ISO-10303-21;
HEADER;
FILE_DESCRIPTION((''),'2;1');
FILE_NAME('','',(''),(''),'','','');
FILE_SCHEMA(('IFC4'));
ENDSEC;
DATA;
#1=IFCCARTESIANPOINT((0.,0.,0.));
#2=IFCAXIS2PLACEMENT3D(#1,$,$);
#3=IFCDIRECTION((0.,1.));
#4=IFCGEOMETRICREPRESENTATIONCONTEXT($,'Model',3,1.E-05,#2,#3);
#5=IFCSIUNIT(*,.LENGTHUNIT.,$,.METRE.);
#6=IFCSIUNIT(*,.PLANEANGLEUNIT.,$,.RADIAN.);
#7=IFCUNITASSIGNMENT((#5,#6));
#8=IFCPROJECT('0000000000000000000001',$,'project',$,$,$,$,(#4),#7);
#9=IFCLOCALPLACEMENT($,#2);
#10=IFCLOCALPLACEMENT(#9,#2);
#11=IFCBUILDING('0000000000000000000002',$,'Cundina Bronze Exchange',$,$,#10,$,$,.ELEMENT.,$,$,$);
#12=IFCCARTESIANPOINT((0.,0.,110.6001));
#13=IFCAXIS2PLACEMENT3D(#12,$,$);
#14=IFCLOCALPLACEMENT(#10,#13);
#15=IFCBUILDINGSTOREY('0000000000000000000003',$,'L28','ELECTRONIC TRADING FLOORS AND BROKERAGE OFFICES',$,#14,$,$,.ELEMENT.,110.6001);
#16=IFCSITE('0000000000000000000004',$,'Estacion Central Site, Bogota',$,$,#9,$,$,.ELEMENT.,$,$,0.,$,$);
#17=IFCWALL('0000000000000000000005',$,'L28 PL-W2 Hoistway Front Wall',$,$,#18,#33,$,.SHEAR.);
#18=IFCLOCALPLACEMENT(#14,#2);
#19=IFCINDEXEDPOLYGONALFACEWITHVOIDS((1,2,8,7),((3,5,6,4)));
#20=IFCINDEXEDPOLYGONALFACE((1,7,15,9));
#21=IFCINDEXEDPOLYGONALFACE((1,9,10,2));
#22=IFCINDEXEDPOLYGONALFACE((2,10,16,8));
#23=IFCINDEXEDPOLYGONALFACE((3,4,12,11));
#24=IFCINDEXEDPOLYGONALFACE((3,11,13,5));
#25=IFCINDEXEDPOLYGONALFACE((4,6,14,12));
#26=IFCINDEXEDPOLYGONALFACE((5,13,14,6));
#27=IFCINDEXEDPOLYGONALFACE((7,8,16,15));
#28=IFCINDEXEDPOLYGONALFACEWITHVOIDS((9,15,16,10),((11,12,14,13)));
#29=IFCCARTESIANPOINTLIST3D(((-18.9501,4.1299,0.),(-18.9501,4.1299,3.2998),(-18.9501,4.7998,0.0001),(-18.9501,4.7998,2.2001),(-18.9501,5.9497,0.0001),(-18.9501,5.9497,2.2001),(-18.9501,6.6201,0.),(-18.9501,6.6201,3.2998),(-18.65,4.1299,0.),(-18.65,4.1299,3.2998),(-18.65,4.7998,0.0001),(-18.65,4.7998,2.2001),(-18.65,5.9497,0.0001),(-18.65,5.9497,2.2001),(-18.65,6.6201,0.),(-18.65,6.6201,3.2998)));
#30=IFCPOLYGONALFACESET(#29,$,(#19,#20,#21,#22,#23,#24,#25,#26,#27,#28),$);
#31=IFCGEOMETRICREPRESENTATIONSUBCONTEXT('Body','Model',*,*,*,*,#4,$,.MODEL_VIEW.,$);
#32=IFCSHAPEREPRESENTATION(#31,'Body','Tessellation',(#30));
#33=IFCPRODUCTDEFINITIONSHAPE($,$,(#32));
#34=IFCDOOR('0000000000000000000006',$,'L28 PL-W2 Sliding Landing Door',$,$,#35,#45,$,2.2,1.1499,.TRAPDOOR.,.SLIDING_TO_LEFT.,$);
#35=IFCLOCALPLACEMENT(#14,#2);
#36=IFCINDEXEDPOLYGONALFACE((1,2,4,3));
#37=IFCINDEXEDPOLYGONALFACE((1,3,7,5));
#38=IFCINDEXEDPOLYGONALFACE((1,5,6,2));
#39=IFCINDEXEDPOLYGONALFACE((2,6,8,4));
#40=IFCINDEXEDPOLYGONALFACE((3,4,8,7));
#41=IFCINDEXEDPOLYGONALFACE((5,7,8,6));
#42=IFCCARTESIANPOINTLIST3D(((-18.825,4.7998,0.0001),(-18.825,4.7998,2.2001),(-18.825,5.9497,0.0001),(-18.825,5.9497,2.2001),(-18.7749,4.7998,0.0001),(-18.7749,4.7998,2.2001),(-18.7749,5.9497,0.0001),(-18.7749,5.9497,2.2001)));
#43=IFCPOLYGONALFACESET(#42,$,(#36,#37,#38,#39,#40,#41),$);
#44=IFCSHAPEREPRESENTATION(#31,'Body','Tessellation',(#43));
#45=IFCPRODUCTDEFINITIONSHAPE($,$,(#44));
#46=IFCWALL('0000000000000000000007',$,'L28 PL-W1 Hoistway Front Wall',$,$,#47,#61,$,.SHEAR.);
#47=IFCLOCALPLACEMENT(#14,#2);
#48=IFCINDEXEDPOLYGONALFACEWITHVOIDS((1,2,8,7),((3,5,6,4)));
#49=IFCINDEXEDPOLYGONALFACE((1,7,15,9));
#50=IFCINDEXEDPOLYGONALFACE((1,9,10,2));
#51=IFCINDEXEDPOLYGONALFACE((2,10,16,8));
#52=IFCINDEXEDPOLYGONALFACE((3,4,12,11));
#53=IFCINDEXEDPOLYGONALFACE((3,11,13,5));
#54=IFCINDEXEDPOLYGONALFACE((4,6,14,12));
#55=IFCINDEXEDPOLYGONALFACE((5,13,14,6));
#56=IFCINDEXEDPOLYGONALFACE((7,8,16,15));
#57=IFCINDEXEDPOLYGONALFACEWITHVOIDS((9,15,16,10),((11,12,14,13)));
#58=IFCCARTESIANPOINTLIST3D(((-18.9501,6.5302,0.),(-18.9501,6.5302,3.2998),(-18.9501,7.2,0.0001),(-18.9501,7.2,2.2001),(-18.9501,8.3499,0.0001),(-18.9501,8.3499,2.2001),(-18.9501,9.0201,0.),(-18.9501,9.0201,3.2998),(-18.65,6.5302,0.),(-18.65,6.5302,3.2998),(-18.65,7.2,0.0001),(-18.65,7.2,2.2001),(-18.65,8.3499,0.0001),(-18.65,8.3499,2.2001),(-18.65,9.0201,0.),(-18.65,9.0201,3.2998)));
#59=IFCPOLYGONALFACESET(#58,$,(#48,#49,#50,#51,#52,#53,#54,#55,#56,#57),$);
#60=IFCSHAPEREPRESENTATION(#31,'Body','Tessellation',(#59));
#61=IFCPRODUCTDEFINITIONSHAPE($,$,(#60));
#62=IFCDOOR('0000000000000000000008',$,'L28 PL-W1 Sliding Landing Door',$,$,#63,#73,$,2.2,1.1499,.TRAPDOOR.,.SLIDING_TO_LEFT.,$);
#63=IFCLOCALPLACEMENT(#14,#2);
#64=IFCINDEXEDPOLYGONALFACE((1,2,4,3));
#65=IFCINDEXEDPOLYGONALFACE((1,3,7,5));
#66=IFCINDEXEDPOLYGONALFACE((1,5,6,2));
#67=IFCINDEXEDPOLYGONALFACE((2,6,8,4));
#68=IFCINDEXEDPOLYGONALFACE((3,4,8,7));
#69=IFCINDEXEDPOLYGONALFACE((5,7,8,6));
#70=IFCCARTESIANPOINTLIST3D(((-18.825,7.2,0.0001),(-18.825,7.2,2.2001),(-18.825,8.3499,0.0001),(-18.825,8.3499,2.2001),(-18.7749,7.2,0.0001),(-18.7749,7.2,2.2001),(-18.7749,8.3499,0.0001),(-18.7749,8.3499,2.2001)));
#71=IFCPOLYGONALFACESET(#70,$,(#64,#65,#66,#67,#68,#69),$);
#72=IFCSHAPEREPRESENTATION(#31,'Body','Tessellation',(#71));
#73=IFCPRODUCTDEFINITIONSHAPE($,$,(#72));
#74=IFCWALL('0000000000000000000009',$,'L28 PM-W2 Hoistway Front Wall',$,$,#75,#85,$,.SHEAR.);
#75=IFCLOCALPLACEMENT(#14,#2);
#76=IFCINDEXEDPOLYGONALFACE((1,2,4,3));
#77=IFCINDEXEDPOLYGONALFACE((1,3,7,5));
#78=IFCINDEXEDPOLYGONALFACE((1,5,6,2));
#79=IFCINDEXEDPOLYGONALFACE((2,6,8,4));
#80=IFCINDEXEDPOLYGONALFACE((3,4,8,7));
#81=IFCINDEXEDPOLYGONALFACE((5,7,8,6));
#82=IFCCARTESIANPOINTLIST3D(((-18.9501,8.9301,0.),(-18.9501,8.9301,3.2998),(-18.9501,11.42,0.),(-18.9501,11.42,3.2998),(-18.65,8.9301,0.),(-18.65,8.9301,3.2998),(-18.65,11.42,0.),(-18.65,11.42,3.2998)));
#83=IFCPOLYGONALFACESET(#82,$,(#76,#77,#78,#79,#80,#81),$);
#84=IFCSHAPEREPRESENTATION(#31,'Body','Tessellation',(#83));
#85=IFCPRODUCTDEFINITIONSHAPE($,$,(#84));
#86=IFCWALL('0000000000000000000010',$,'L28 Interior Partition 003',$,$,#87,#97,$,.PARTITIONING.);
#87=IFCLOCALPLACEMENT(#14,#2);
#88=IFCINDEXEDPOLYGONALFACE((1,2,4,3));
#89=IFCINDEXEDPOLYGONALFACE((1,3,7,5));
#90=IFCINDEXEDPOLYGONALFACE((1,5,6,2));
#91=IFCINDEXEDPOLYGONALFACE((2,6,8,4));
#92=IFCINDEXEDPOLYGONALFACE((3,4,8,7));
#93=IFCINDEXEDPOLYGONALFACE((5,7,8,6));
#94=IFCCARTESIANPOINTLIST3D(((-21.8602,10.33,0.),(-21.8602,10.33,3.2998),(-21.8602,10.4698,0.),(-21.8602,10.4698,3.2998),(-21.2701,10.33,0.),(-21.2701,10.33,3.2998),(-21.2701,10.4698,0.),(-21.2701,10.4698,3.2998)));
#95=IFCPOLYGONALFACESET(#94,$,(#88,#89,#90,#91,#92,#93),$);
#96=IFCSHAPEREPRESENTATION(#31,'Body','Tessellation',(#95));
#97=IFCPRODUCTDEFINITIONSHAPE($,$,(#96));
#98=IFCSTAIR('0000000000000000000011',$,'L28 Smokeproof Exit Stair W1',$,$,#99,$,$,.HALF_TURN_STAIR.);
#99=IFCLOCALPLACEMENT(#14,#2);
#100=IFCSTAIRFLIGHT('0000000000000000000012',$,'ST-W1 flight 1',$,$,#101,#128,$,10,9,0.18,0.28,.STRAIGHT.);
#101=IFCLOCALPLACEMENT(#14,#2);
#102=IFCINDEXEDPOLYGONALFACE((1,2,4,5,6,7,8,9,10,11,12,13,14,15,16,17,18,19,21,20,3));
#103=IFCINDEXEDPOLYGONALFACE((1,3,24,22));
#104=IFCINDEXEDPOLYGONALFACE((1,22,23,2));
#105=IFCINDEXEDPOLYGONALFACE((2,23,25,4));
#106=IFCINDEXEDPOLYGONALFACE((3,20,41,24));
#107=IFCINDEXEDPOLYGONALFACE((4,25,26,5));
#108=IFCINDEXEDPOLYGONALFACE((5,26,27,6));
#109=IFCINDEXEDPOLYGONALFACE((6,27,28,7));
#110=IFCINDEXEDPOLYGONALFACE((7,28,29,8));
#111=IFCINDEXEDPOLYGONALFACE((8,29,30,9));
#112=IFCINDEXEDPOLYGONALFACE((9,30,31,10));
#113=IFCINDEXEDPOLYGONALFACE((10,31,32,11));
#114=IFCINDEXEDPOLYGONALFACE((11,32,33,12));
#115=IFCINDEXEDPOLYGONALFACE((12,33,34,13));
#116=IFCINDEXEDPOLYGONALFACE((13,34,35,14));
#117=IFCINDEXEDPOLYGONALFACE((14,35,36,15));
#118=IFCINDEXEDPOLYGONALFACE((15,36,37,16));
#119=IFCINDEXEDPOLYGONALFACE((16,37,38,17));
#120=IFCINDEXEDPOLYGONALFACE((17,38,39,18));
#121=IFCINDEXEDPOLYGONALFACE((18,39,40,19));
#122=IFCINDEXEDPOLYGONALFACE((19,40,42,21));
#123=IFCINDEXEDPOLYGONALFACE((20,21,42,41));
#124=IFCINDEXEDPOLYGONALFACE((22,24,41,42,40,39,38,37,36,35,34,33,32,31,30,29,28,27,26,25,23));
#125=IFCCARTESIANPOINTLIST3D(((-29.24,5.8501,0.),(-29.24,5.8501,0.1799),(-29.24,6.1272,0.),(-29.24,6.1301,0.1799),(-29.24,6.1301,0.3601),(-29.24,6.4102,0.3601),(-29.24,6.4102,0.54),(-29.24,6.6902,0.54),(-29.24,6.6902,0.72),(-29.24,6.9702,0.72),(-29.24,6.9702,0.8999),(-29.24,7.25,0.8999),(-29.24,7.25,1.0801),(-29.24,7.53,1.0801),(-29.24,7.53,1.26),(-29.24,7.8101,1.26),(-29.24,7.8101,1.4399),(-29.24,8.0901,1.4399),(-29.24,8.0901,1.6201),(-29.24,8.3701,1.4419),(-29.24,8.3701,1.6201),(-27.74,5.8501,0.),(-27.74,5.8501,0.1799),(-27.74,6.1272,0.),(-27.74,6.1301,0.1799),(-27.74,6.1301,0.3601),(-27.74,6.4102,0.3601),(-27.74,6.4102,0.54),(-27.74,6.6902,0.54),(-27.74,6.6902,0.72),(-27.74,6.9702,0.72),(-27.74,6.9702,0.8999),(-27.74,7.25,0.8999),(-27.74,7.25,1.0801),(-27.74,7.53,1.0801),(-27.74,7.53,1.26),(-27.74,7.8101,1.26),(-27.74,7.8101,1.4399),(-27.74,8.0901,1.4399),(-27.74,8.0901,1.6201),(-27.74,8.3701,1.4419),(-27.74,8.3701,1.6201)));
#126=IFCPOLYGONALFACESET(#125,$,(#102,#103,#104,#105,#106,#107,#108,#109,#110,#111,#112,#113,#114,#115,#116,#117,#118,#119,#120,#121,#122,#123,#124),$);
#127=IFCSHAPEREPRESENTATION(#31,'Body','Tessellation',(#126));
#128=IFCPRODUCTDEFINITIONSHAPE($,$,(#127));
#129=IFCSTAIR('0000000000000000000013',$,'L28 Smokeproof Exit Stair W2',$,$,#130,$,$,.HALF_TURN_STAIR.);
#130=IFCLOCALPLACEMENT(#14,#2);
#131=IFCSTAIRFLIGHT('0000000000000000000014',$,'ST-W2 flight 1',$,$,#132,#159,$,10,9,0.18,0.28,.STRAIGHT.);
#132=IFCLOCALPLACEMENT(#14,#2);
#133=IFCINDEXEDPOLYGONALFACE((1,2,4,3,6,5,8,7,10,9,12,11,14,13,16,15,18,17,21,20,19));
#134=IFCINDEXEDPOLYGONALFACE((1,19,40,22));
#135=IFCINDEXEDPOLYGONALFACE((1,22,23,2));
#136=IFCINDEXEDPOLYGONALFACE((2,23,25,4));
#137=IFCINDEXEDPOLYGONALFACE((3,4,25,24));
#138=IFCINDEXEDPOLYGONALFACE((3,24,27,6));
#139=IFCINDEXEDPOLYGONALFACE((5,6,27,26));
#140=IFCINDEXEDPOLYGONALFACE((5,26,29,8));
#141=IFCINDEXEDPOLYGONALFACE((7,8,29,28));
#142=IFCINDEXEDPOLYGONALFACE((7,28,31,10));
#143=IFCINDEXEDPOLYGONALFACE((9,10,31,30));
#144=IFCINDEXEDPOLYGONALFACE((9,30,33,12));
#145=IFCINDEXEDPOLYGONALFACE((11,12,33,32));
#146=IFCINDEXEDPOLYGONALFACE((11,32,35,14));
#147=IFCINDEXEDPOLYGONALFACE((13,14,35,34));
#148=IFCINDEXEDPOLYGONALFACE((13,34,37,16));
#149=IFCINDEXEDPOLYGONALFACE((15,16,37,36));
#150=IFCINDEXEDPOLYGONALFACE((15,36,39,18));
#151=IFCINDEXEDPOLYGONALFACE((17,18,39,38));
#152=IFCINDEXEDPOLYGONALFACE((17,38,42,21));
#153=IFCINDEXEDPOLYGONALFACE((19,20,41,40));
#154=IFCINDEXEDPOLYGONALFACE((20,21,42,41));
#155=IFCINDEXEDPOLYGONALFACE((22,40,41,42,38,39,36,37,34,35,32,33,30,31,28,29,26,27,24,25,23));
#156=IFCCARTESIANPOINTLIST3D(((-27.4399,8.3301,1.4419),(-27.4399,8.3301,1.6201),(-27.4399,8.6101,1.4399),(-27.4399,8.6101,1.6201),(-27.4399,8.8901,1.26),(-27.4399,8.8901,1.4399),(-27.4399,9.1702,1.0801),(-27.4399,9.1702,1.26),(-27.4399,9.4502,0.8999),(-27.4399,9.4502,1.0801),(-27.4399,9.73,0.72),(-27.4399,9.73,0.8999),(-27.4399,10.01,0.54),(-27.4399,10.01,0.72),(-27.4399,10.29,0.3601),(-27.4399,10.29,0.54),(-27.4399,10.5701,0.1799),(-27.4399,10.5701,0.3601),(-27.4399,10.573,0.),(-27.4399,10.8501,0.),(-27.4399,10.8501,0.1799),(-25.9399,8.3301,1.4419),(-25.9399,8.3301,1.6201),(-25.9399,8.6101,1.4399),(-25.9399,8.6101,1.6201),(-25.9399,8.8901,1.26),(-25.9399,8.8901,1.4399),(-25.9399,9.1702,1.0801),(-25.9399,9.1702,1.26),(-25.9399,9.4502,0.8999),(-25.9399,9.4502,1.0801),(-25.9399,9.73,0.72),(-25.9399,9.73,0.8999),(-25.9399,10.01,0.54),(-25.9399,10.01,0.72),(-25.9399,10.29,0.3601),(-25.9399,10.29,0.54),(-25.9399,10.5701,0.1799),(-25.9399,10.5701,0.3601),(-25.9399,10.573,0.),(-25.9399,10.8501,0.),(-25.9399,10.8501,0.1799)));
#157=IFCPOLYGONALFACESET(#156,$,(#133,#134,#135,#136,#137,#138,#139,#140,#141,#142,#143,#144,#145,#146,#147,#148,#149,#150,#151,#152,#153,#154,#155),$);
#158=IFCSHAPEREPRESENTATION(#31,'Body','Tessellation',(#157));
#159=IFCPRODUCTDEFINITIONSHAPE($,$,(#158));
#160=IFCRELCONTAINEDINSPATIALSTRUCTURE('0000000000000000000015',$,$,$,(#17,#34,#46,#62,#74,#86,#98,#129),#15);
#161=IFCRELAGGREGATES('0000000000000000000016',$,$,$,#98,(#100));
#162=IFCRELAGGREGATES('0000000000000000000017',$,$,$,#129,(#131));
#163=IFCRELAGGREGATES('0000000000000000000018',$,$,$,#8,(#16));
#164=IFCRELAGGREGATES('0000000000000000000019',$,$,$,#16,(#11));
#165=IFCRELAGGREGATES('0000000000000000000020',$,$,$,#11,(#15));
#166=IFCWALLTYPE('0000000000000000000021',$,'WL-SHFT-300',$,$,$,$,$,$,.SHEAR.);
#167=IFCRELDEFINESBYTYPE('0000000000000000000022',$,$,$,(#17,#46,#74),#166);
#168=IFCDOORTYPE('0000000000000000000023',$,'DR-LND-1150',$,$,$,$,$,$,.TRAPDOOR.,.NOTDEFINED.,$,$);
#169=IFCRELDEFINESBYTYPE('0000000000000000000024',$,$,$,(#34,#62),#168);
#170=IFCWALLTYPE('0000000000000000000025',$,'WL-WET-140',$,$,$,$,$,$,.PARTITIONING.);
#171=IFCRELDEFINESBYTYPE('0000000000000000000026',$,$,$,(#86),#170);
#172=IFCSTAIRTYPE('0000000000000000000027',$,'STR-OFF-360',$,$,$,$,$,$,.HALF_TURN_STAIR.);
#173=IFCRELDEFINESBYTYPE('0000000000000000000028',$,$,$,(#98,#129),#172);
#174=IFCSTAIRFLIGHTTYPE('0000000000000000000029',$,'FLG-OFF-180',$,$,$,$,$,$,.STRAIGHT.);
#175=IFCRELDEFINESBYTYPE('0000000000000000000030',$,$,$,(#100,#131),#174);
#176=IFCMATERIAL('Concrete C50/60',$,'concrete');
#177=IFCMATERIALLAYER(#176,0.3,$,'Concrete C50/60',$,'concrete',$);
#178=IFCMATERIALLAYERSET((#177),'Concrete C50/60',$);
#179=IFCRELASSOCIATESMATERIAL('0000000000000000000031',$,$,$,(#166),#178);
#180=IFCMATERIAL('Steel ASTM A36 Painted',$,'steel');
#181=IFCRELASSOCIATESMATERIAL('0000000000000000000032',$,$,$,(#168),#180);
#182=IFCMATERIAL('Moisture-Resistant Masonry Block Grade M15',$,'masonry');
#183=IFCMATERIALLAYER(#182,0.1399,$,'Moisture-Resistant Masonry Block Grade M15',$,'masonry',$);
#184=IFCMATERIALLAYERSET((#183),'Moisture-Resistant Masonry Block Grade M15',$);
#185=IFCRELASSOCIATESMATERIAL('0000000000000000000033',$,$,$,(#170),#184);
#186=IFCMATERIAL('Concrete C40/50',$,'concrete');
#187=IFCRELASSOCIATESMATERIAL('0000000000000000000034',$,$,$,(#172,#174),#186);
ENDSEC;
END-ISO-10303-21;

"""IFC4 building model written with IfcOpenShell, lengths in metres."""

from ifc_helpers import new_model, si_unit, direction, frame, frame_2d, origin, place, context, subcontext, project, spatial, polyline, rectangle, outline, extrude, material, layer, layer_set, type_object, element, fill, aggregate, save


model = new_model("IFC4")

# Units and contexts
model_context = context("Model", 3, precision=1e-05, world=origin(), true_north=direction((0.0, 1.0)))
body_context = subcontext(model_context, "Body", "Model", "MODEL_VIEW")
ifc_project = project(units=[si_unit("LENGTHUNIT", "METRE"), si_unit("PLANEANGLEUNIT", "RADIAN")], contexts=[model_context])

# Site, building, storey
site_placement = place(None, origin())
site = spatial("IfcSite", under=ifc_project, at=site_placement, Name="Estacion Central Site, Bogota", CompositionType="ELEMENT", RefElevation=0.0)
building_placement = place(site_placement, origin())
building = spatial("IfcBuilding", under=site, at=building_placement, Name="Cundina Bronze Exchange", CompositionType="ELEMENT")
storey_placement = place(building_placement, frame((0.0, 0.0, 110.6001)))
storey = spatial("IfcBuildingStorey", under=building, at=storey_placement, Name="L28", Description="ELECTRONIC TRADING FLOORS AND BROKERAGE OFFICES", CompositionType="ELEMENT", Elevation=110.6001)

# Shared definitions
ifc_material_1 = material(Name="Concrete C50/60", Category="concrete")
ifc_layer_1 = layer(ifc_material_1, 0.3, Name="Concrete C50/60", Category="concrete")
ifc_layer_set_1 = layer_set([ifc_layer_1], Name="Concrete C50/60")
wall_type_1 = type_object("IfcWallType", Name="WL-SHFT-300", PredefinedType="SHEAR", material=ifc_layer_set_1)

# Shared definitions
ifc_material_2 = material(Name="Steel ASTM A36 Painted", Category="steel")
door_type = type_object("IfcDoorType", Name="DR-LND-1150", OperationType="NOTDEFINED", PredefinedType="TRAPDOOR", material=ifc_material_2)

# Walls, openings, doors
wall_1_placement = place(storey_placement, frame((-18.8, 4.1299, 0.0), z_axis=(0.0, 0.0, 1.0), x_axis=(0.0, 1.0, 0.0)))
wall_1 = element("IfcWall", 1, at=wall_1_placement, inside=storey, type_object=wall_type_1, Name="L28 PL-W2 Hoistway Front Wall", PredefinedType="SHEAR", context=body_context, shape_type="SweptSolid", body=[
    extrude(rectangle(XDim=2.4902, YDim=0.3, at=frame_2d((1.2451, 0.0))), origin(), (0.0, 0.0, 1.0), 3.2998),
])
opening_1_placement = place(wall_1_placement, frame((0.6699, 0.0, 0.0)))
opening_1 = element("IfcOpeningElement", 2, at=opening_1_placement, cuts=wall_1, PredefinedType="OPENING", context=body_context, shape_type="SweptSolid", body=[
    extrude(rectangle(XDim=1.1499, YDim=2.2, at=frame_2d((0.575, 1.1001))), frame((0.0, 0.1599, 0.0), z_axis=(0.0, -1.0, 0.0), x_axis=(1.0, 0.0, 0.0)), (0.0, 0.0, 1.0), 0.3201),
])
door_1_placement = place(opening_1_placement, origin())
door_1 = element("IfcDoor", 3, at=door_1_placement, inside=storey, type_object=door_type, Name="L28 PL-W2 Sliding Landing Door", OperationType="SLIDING_TO_LEFT", OverallHeight=2.2, OverallWidth=1.1499, PredefinedType="TRAPDOOR", context=body_context, shape_type="SweptSolid", body=[
    extrude(rectangle(XDim=1.1499, YDim=2.2, at=frame_2d((0.575, 1.1001))), frame((0.0, 0.0249, 0.0), z_axis=(0.0, -1.0, 0.0), x_axis=(1.0, 0.0, 0.0)), (0.0, 0.0, 1.0), 0.05),
])
fill(opening_1, door_1)
wall_2_placement = place(storey_placement, frame((-18.8, 6.53, 0.0), z_axis=(0.0, 0.0, 1.0), x_axis=(0.0, 1.0, 0.0)))
wall_2 = element("IfcWall", 4, at=wall_2_placement, inside=storey, type_object=wall_type_1, Name="L28 PL-W1 Hoistway Front Wall", PredefinedType="SHEAR", context=body_context, shape_type="SweptSolid", body=[
    extrude(rectangle(XDim=2.49, YDim=0.3, at=frame_2d((1.2451, 0.0))), origin(), (0.0, 0.0, 1.0), 3.2998),
])
opening_2_placement = place(wall_2_placement, frame((0.6699, 0.0, 0.0)))
opening_2 = element("IfcOpeningElement", 5, at=opening_2_placement, cuts=wall_2, PredefinedType="OPENING", context=body_context, shape_type="SweptSolid", body=[
    extrude(rectangle(XDim=1.1499, YDim=2.2, at=frame_2d((0.575, 1.1001))), frame((0.0, 0.1599, 0.0), z_axis=(0.0, -1.0, 0.0), x_axis=(1.0, 0.0, 0.0)), (0.0, 0.0, 1.0), 0.3201),
])
door_2_placement = place(opening_2_placement, origin())
door_2 = element("IfcDoor", 6, at=door_2_placement, inside=storey, type_object=door_type, Name="L28 PL-W1 Sliding Landing Door", OperationType="SLIDING_TO_LEFT", OverallHeight=2.2, OverallWidth=1.1499, PredefinedType="TRAPDOOR", context=body_context, shape_type="SweptSolid", body=[
    extrude(rectangle(XDim=1.1499, YDim=2.2, at=frame_2d((0.575, 1.1001))), frame((0.0, 0.0249, 0.0), z_axis=(0.0, -1.0, 0.0), x_axis=(1.0, 0.0, 0.0)), (0.0, 0.0, 1.0), 0.05),
])
fill(opening_2, door_2)

# Walls
wall_3_placement = place(storey_placement, frame((-18.8, 8.9299, 0.0), z_axis=(0.0, 0.0, 1.0), x_axis=(0.0, 1.0, 0.0)))
element("IfcWall", 7, at=wall_3_placement, inside=storey, type_object=wall_type_1, Name="L28 PM-W2 Hoistway Front Wall", PredefinedType="SHEAR", context=body_context, shape_type="SweptSolid", body=[
    extrude(rectangle(XDim=2.49, YDim=0.3, at=frame_2d((1.2451, 0.0))), origin(), (0.0, 0.0, 1.0), 3.2998),
])
ifc_material_3 = material(Name="Moisture-Resistant Masonry Block Grade M15", Category="masonry")
ifc_layer_2 = layer(ifc_material_3, 0.1399, Name="Moisture-Resistant Masonry Block Grade M15", Category="masonry")
ifc_layer_set_2 = layer_set([ifc_layer_2], Name="Moisture-Resistant Masonry Block Grade M15")
wall_type_2 = type_object("IfcWallType", Name="WL-WET-140", PredefinedType="PARTITIONING", material=ifc_layer_set_2)
wall_4_placement = place(storey_placement, frame((-21.8601, 10.3999, 0.0), z_axis=(0.0, 0.0, 1.0), x_axis=(1.0, 0.0, 0.0)))
element("IfcWall", 8, at=wall_4_placement, inside=storey, type_object=wall_type_2, Name="L28 Interior Partition 003", PredefinedType="PARTITIONING", context=body_context, shape_type="SweptSolid", body=[
    extrude(rectangle(XDim=0.5901, YDim=0.1399, at=frame_2d((0.2949, 0.0))), origin(), (0.0, 0.0, 1.0), 3.2998),
])

# Stair, stair flight
ifc_material_4 = material(Name="Concrete C40/50", Category="concrete")
stair_type = type_object("IfcStairType", Name="STR-OFF-360", PredefinedType="HALF_TURN_STAIR", material=ifc_material_4)
stair_1_placement = place(storey_placement, origin())
stair_1 = element("IfcStair", 9, at=stair_1_placement, inside=storey, type_object=stair_type, Name="L28 Smokeproof Exit Stair W1", PredefinedType="HALF_TURN_STAIR")
stair_flight_type = type_object("IfcStairFlightType", Name="FLG-OFF-180", PredefinedType="STRAIGHT", material=ifc_material_4)
stair_flight_1_placement = place(storey_placement, frame((-28.49, 5.8501, 0.0), z_axis=(0.0, 0.0, 1.0), x_axis=(0.0, 1.0, 0.0)))
stair_flight_1 = element("IfcStairFlight", 10, at=stair_flight_1_placement, type_object=stair_flight_type, Name="ST-W1 flight 1", NumberOfRisers=10, NumberOfTreads=9, PredefinedType="STRAIGHT", RiserHeight=0.18, TreadLength=0.28, context=body_context, shape_type="SweptSolid", body=[
    extrude(outline(polyline([(0.0, 0.0), (0.0, 0.1799), (0.28, 0.1799), (0.28, 0.3601), (0.5601, 0.3601), (0.5601, 0.54), (0.8401, 0.54), (0.8401, 0.72), (1.1201, 0.72), (1.1201, 0.8999), (1.3999, 0.8999), (1.3999, 1.0801), (1.6799, 1.0801), (1.6799, 1.26), (1.96, 1.26), (1.96, 1.4399), (2.24, 1.4399), (2.24, 1.6201), (2.52, 1.6201), (2.52, 1.8), (2.52, 1.4419), (0.2771, 0.0), (0.0, 0.0)])), frame((0.0, 0.75, 0.0), z_axis=(0.0, -1.0, 0.0), x_axis=(1.0, 0.0, 0.0)), (0.0, 0.0, 1.0), 1.5),
])
aggregate(stair_1, [stair_flight_1])

# Stair, stair flight
stair_2_placement = place(storey_placement, origin())
stair_2 = element("IfcStair", 11, at=stair_2_placement, inside=storey, type_object=stair_type, Name="L28 Smokeproof Exit Stair W2", PredefinedType="HALF_TURN_STAIR")
stair_flight_2_placement = place(storey_placement, frame((-26.6899, 10.8501, 0.0), z_axis=(0.0, 0.0, 1.0), x_axis=(0.0, -1.0, 0.0)))
stair_flight_2 = element("IfcStairFlight", 12, at=stair_flight_2_placement, type_object=stair_flight_type, Name="ST-W2 flight 1", NumberOfRisers=10, NumberOfTreads=9, PredefinedType="STRAIGHT", RiserHeight=0.18, TreadLength=0.28, context=body_context, shape_type="SweptSolid", body=[
    extrude(outline(polyline([(0.0, 0.0), (0.0, 0.1799), (0.28, 0.1799), (0.28, 0.3601), (0.5601, 0.3601), (0.5601, 0.54), (0.8401, 0.54), (0.8401, 0.72), (1.1201, 0.72), (1.1201, 0.8999), (1.3999, 0.8999), (1.3999, 1.0801), (1.6799, 1.0801), (1.6799, 1.26), (1.96, 1.26), (1.96, 1.4399), (2.24, 1.4399), (2.24, 1.6201), (2.52, 1.6201), (2.52, 1.8), (2.52, 1.4419), (0.2771, 0.0), (0.0, 0.0)])), frame((0.0, 0.75, 0.0), z_axis=(0.0, -1.0, 0.0), x_axis=(1.0, 0.0, 0.0)), (0.0, 0.0, 1.0), 1.5),
])
aggregate(stair_2, [stair_flight_2])

save(model, "model.ifc")
